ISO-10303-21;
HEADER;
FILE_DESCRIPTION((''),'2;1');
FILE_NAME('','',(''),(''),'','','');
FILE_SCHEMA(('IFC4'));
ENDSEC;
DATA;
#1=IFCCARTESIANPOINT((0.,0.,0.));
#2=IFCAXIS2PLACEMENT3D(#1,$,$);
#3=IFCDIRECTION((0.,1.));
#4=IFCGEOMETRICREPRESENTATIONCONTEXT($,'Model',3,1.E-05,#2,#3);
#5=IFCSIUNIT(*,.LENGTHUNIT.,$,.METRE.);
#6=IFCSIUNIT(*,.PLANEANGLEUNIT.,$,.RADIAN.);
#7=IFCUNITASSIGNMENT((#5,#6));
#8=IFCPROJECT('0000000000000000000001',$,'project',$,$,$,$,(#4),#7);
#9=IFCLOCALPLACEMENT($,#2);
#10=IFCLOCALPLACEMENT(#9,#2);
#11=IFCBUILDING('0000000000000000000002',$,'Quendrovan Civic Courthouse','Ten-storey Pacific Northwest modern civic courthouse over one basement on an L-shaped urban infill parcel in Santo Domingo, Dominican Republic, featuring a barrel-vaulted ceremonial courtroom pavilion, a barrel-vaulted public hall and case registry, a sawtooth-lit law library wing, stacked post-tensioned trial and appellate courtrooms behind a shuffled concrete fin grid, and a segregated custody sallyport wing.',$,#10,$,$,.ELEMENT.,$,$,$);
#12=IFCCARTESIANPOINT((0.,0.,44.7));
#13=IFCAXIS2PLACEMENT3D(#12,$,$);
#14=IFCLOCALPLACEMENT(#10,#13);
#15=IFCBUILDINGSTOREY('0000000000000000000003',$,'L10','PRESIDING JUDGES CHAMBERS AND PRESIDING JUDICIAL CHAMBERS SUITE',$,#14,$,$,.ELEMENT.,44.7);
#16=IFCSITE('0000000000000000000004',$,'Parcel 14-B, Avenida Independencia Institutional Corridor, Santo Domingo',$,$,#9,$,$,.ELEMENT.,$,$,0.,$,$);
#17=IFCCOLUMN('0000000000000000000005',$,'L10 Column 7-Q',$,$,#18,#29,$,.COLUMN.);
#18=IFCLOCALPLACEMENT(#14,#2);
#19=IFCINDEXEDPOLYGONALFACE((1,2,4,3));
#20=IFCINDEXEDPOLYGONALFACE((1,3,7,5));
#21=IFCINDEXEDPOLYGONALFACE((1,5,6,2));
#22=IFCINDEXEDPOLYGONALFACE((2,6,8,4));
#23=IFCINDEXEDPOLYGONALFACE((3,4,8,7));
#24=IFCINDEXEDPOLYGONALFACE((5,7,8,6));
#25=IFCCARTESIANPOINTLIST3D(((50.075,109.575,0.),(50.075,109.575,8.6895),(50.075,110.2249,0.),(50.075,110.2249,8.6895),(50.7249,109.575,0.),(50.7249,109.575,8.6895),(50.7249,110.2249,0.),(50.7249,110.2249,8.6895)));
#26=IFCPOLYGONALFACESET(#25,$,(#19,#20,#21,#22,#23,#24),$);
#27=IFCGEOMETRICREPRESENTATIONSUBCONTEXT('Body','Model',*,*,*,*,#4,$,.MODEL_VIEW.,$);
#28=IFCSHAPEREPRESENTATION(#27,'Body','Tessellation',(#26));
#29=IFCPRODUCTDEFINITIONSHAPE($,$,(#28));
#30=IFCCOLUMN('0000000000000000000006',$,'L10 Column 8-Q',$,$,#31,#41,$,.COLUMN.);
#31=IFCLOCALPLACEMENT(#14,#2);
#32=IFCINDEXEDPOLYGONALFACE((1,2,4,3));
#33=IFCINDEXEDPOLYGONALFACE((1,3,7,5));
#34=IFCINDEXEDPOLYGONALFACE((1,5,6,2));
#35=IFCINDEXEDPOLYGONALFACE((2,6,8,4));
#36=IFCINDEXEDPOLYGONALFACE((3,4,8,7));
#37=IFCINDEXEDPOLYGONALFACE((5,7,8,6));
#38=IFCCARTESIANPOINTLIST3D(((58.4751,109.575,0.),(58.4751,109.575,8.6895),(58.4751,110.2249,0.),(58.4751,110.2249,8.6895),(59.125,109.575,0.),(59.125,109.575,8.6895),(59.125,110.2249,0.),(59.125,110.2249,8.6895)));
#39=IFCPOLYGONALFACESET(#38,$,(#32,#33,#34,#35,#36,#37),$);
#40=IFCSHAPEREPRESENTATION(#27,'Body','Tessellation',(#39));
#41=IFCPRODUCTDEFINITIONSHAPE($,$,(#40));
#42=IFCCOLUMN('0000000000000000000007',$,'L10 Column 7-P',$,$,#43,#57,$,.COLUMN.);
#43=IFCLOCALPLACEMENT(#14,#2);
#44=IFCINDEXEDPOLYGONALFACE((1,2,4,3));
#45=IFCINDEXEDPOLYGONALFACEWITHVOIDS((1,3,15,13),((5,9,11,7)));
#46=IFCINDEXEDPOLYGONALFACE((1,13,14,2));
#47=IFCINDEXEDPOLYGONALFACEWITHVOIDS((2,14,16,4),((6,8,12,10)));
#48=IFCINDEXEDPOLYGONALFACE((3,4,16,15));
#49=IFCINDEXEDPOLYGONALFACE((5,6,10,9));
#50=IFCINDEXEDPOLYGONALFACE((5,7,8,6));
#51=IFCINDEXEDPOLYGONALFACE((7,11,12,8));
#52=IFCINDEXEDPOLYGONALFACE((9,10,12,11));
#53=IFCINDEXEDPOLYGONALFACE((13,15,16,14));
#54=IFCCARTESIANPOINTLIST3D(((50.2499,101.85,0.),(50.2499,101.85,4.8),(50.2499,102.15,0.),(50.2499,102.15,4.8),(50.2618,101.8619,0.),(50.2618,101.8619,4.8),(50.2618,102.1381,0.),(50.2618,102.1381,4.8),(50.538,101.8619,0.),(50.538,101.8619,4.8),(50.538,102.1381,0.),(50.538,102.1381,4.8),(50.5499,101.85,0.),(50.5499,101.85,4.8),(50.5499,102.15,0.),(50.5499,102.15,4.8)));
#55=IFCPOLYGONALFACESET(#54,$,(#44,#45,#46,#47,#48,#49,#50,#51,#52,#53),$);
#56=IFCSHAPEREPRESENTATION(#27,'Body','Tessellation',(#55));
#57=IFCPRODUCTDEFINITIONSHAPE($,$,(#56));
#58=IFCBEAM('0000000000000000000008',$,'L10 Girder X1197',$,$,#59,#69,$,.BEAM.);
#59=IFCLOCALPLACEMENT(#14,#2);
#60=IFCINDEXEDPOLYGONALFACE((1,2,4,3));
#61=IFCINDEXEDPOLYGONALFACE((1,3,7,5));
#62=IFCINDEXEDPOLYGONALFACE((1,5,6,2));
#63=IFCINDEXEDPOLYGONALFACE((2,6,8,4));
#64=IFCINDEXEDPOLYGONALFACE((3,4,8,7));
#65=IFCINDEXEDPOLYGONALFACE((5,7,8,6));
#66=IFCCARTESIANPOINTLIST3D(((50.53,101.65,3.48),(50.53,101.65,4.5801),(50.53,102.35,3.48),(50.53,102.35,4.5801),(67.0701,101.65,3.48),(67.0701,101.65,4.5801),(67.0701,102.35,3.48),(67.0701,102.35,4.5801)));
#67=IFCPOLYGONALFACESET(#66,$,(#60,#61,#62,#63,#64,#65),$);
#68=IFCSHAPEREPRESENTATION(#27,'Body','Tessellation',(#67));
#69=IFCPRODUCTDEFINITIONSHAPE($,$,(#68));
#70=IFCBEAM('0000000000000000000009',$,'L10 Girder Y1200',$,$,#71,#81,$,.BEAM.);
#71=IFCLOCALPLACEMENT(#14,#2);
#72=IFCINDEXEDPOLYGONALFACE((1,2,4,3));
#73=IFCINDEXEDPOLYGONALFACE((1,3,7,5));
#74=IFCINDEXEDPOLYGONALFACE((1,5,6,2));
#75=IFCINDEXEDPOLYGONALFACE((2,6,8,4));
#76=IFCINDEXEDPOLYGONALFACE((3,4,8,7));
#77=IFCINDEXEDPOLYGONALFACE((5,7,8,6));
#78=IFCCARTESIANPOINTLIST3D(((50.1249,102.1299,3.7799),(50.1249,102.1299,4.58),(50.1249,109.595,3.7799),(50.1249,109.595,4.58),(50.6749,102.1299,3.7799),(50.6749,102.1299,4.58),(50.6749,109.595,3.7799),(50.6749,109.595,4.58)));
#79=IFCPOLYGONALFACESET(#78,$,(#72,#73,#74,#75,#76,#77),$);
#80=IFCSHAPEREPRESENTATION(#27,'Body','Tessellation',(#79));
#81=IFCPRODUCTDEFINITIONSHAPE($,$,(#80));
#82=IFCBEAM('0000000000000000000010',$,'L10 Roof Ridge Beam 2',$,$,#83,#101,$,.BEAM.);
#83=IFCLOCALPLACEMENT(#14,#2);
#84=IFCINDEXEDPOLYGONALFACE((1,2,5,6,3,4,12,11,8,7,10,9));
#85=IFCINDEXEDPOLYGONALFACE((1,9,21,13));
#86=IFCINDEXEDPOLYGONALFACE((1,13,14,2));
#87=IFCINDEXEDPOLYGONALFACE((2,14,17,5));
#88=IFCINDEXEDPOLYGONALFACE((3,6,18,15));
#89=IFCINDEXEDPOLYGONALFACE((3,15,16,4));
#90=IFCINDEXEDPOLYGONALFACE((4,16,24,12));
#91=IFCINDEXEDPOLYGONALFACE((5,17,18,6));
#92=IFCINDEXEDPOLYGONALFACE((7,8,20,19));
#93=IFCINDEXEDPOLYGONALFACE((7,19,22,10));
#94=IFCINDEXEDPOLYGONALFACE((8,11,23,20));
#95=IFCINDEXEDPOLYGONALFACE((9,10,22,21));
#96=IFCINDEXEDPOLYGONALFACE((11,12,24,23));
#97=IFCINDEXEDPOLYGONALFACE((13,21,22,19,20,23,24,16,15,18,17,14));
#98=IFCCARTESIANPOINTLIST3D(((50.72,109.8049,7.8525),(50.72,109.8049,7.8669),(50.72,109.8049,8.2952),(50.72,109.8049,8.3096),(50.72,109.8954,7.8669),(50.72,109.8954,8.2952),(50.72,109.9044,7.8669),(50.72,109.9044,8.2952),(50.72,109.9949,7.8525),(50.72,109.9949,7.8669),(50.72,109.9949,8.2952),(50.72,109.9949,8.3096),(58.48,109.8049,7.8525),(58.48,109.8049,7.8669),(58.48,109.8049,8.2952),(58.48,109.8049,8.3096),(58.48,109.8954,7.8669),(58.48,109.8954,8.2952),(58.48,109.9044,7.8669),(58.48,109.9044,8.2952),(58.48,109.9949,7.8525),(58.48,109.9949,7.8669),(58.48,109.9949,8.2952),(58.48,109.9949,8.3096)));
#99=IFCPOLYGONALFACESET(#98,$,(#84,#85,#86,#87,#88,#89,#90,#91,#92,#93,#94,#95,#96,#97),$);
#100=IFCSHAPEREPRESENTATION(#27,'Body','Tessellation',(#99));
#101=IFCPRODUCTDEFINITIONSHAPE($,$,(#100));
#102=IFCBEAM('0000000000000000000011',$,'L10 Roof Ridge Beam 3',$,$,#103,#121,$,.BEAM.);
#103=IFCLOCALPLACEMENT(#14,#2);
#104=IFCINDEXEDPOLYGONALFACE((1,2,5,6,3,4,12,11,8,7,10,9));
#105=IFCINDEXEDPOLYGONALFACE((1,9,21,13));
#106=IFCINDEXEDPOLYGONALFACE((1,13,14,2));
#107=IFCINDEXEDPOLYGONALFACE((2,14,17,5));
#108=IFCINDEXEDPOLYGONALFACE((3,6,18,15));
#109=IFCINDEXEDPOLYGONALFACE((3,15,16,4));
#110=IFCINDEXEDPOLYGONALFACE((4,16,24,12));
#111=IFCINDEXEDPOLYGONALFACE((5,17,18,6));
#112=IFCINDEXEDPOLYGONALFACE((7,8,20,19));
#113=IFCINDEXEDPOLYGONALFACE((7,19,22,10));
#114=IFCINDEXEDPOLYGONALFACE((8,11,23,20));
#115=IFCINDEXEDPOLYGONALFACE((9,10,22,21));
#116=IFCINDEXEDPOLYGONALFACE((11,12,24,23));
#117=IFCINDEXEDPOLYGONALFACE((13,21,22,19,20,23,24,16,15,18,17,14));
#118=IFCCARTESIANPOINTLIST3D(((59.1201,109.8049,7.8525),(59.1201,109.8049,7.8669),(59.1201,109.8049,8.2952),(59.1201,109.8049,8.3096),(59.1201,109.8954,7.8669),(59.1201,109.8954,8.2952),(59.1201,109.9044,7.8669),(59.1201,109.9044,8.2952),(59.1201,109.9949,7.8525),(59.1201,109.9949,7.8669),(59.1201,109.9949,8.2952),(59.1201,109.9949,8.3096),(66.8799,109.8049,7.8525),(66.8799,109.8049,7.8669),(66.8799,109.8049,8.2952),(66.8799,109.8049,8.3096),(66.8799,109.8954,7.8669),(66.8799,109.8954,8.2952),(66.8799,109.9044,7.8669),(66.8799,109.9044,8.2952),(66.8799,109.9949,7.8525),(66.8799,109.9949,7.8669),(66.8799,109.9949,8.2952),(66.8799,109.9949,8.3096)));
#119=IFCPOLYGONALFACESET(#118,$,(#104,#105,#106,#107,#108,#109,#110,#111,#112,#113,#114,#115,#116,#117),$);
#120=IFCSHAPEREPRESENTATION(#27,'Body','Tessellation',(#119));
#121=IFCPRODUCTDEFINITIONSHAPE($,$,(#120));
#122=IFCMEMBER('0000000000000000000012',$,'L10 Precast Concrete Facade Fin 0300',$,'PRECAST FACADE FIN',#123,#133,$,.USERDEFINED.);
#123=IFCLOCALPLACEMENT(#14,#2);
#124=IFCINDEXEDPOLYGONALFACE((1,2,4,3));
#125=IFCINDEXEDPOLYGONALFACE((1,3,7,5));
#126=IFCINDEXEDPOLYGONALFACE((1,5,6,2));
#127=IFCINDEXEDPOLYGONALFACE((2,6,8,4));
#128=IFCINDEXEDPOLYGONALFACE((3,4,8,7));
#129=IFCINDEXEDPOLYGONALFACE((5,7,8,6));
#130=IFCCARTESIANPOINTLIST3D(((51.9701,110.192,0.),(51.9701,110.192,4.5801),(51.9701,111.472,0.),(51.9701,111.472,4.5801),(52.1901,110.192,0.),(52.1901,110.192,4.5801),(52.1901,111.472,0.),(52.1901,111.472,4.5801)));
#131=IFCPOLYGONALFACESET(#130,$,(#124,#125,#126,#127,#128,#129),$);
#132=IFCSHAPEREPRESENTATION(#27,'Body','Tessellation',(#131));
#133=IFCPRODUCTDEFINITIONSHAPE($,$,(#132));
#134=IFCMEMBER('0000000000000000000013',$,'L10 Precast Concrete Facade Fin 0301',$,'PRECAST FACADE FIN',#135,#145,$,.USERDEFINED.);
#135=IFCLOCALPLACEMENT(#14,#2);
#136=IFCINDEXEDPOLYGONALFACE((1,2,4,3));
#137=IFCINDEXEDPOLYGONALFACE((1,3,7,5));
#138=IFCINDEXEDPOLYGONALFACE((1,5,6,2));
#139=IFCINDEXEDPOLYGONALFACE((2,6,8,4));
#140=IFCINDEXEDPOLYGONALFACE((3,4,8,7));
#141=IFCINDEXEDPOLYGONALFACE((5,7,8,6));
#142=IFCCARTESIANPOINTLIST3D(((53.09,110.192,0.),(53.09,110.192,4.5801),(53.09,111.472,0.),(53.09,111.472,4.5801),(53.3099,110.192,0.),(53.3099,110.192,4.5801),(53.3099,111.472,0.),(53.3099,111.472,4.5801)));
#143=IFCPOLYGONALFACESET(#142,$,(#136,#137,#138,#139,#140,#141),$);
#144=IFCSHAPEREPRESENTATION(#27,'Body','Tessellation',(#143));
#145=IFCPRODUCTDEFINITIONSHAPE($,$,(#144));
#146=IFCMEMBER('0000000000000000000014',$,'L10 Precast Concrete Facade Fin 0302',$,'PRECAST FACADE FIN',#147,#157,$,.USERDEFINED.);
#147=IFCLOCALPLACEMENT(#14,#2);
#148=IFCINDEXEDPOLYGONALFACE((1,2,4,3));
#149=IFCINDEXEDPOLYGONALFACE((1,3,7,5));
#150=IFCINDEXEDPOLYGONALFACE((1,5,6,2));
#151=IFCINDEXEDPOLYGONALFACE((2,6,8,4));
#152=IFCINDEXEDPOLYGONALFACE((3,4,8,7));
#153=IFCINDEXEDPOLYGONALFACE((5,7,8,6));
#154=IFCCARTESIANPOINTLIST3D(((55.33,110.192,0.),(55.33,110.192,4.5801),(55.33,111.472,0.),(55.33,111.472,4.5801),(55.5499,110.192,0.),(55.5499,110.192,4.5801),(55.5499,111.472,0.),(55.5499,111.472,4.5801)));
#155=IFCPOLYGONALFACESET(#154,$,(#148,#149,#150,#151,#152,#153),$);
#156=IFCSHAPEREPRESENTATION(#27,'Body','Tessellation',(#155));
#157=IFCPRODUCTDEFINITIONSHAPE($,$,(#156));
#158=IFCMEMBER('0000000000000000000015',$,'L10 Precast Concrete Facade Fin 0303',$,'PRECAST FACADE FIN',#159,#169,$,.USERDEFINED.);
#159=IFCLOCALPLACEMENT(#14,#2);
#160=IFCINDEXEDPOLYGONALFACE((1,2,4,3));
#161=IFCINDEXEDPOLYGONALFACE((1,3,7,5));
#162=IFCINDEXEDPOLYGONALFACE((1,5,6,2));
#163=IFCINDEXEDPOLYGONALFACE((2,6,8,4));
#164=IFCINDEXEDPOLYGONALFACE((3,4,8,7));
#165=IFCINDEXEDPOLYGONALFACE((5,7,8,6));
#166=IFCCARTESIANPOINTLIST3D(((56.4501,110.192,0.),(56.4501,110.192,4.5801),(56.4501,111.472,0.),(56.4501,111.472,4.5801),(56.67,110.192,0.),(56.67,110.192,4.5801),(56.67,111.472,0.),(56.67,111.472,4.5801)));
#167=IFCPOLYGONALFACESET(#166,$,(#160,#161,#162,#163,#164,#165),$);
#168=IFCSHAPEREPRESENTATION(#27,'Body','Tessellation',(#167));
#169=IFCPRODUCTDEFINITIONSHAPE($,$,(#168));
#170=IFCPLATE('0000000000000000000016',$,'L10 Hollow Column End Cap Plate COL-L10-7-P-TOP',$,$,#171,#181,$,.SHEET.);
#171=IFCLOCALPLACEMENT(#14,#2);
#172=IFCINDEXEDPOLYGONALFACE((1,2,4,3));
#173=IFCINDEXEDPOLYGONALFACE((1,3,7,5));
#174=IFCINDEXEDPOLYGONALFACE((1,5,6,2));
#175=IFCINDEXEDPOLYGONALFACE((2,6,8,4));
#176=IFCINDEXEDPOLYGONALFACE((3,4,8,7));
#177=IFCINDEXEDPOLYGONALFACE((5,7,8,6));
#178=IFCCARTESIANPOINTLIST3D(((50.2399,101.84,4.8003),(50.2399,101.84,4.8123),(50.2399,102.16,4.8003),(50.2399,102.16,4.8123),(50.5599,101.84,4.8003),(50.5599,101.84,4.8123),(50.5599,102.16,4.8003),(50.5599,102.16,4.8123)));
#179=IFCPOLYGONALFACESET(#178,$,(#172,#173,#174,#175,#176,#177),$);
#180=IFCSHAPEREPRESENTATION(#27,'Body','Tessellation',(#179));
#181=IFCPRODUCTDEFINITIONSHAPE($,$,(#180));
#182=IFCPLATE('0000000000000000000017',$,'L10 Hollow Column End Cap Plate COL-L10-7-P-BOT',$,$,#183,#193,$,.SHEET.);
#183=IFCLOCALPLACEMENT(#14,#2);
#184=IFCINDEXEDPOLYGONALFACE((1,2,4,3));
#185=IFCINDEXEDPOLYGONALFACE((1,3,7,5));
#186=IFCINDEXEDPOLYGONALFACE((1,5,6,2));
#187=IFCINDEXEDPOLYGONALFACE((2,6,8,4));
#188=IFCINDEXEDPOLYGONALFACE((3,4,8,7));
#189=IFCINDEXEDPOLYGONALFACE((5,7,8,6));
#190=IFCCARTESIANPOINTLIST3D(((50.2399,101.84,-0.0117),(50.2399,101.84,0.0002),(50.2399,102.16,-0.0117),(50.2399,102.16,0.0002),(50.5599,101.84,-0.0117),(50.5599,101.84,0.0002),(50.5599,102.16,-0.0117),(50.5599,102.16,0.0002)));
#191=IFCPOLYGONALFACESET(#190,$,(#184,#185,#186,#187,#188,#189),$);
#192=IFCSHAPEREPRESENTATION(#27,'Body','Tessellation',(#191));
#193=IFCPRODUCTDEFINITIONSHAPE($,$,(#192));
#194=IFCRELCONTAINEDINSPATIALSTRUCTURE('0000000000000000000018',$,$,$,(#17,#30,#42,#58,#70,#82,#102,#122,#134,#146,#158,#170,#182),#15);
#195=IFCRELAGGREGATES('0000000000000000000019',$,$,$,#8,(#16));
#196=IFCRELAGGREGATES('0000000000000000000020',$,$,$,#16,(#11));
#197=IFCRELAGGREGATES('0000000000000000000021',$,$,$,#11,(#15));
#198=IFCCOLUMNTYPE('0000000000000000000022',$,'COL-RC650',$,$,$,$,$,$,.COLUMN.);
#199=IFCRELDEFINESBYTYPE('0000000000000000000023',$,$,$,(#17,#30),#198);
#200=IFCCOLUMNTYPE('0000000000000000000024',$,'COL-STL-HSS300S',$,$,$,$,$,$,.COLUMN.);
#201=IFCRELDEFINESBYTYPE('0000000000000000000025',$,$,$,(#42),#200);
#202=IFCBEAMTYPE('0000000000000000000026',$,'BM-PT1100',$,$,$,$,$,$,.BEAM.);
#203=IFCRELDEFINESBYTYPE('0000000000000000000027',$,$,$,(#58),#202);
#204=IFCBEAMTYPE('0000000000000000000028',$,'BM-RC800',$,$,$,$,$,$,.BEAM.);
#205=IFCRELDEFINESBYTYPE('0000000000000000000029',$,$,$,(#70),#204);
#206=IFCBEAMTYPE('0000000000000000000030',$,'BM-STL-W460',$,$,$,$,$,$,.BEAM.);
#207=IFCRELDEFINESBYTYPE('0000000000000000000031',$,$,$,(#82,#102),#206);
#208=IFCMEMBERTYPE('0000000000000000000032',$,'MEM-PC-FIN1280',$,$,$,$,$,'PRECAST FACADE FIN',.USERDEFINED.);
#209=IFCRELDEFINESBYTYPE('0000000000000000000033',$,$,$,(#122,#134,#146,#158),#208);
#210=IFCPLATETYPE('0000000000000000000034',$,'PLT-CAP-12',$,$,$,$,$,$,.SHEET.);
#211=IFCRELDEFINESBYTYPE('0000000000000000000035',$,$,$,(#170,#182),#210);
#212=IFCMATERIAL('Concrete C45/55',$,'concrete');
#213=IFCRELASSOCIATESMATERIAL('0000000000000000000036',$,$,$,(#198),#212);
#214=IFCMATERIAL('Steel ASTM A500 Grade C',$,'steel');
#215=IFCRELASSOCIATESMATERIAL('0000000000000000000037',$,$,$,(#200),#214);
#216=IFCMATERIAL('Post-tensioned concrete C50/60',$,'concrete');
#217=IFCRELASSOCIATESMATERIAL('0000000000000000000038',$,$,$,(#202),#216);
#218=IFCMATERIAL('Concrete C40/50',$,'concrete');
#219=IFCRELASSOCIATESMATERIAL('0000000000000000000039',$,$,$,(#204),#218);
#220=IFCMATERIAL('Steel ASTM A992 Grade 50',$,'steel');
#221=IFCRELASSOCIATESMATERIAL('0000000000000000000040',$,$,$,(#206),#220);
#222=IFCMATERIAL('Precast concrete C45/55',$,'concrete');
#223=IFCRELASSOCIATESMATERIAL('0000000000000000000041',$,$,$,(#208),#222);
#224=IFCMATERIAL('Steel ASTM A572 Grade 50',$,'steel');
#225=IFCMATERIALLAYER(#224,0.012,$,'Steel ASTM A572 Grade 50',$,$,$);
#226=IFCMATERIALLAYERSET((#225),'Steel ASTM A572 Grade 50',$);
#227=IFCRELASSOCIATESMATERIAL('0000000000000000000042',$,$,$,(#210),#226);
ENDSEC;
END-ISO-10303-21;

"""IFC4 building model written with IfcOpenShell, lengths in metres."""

from ifc_helpers import new_model, si_unit, direction, frame, origin, origin_2d, place, context, subcontext, project, spatial, rectangle, hollow_rectangle, i_section, extrude, material, layer, layer_set, material_profile, profile_set, type_object, element, save


model = new_model("IFC4")

# Units and contexts
model_context = context("Model", 3, precision=1e-05, world=origin(), true_north=direction((0.0, 1.0)))
body_context = subcontext(model_context, "Body", "Model", "MODEL_VIEW")
ifc_project = project(units=[si_unit("LENGTHUNIT", "METRE"), si_unit("PLANEANGLEUNIT", "RADIAN")], contexts=[model_context])

# Site, building, storey
site_placement = place(None, origin())
site = spatial("IfcSite", under=ifc_project, at=site_placement, Name="Parcel 14-B, Avenida Independencia Institutional Corridor, Santo Domingo", CompositionType="ELEMENT", RefElevation=0.0)
building_placement = place(site_placement, origin())
building = spatial("IfcBuilding", under=site, at=building_placement, Name="Quendrovan Civic Courthouse", Description="Ten-storey Pacific Northwest modern civic courthouse over one basement on an L-shaped urban infill parcel in Santo Domingo, Dominican Republic, featuring a barrel-vaulted ceremonial courtroom pavilion, a barrel-vaulted public hall and case registry, a sawtooth-lit law library wing, stacked post-tensioned trial and appellate courtrooms behind a shuffled concrete fin grid, and a segregated custody sallyport wing.", CompositionType="ELEMENT")
storey_placement = place(building_placement, frame((0.0, 0.0, 44.7)))
storey = spatial("IfcBuildingStorey", under=building, at=storey_placement, Name="L10", Description="PRESIDING JUDGES CHAMBERS AND PRESIDING JUDICIAL CHAMBERS SUITE", CompositionType="ELEMENT", Elevation=44.7)

# Columns
ifc_material_1 = material(Name="Concrete C45/55", Category="concrete")
ifc_material_profile_1 = material_profile(ifc_material_1, rectangle(XDim=0.6499, YDim=0.6499, at=origin_2d()), Name="RC-COL-650x650")
ifc_profile_set_1 = profile_set([ifc_material_profile_1], Name="Concrete C45/55")
column_type_1 = type_object("IfcColumnType", Name="COL-RC650", PredefinedType="COLUMN", material=ifc_profile_set_1)
for number, where, z_axis, x_axis, name in (
    (1, (50.3999, 109.8999, 0.0), (0.0, 0.0, 1.0), (1.0, 0.0, 0.0), "L10 Column 7-Q"),
    (2, (58.8, 109.8999, 0.0), (0.0, 0.0, 1.0), (1.0, 0.0, 0.0), "L10 Column 8-Q"),
):
    element("IfcColumn", number, at=place(storey_placement, frame(where, z_axis=z_axis, x_axis=x_axis)), inside=storey, type_object=column_type_1, Name=name, PredefinedType="COLUMN", context=body_context, shape_type="SweptSolid", body=[
        extrude(rectangle(XDim=0.6499, YDim=0.6499, at=origin_2d()), origin(), (0.0, 0.0, 1.0), 8.6895),
    ])
ifc_material_2 = material(Name="Steel ASTM A500 Grade C", Category="steel")
ifc_material_profile_2 = material_profile(ifc_material_2, hollow_rectangle(XDim=0.3, YDim=0.3, WallThickness=0.012, at=origin_2d()), Name="HSS300x300x12")
ifc_profile_set_2 = profile_set([ifc_material_profile_2], Name="Steel ASTM A500 Grade C")
column_type_2 = type_object("IfcColumnType", Name="COL-STL-HSS300S", PredefinedType="COLUMN", material=ifc_profile_set_2)
column_placement = place(storey_placement, frame((50.3999, 102.0, 0.0), z_axis=(0.0, 0.0, 1.0), x_axis=(1.0, 0.0, 0.0)))
element("IfcColumn", 3, at=column_placement, inside=storey, type_object=column_type_2, Name="L10 Column 7-P", PredefinedType="COLUMN", context=body_context, shape_type="SweptSolid", body=[
    extrude(hollow_rectangle(XDim=0.3, YDim=0.3, WallThickness=0.012, at=origin_2d()), origin(), (0.0, 0.0, 1.0), 4.8),
])

# Beams
ifc_material_3 = material(Name="Post-tensioned concrete C50/60", Category="concrete")
ifc_material_profile_3 = material_profile(ifc_material_3, rectangle(XDim=0.7, YDim=1.1001, at=origin_2d()), Name="PT-GIRD-700x1100")
ifc_profile_set_3 = profile_set([ifc_material_profile_3], Name="Post-tensioned concrete C50/60")
beam_type_1 = type_object("IfcBeamType", Name="BM-PT1100", PredefinedType="BEAM", material=ifc_profile_set_3)
beam_1_placement = place(storey_placement, frame((50.53, 102.0, 4.03), z_axis=(1.0, 0.0, 0.0), x_axis=(0.0, 1.0, 0.0)))
element("IfcBeam", 4, at=beam_1_placement, inside=storey, type_object=beam_type_1, Name="L10 Girder X1197", PredefinedType="BEAM", context=body_context, shape_type="SweptSolid", body=[
    extrude(rectangle(XDim=0.7, YDim=1.1001, at=origin_2d()), origin(), (0.0, 0.0, 1.0), 16.54),
])
ifc_material_4 = material(Name="Concrete C40/50", Category="concrete")
ifc_material_profile_4 = material_profile(ifc_material_4, rectangle(XDim=0.55, YDim=0.8, at=origin_2d()), Name="RC-BM-550x800")
ifc_profile_set_4 = profile_set([ifc_material_profile_4], Name="Concrete C40/50")
beam_type_2 = type_object("IfcBeamType", Name="BM-RC800", PredefinedType="BEAM", material=ifc_profile_set_4)
beam_2_placement = place(storey_placement, frame((50.3999, 102.1299, 4.1799), z_axis=(0.0, 1.0, 0.0), x_axis=(-1.0, 0.0, 0.0)))
element("IfcBeam", 5, at=beam_2_placement, inside=storey, type_object=beam_type_2, Name="L10 Girder Y1200", PredefinedType="BEAM", context=body_context, shape_type="SweptSolid", body=[
    extrude(rectangle(XDim=0.55, YDim=0.8, at=origin_2d()), origin(), (0.0, 0.0, 1.0), 7.4651),
])
ifc_material_5 = material(Name="Steel ASTM A992 Grade 50", Category="steel")
ifc_material_profile_5 = material_profile(ifc_material_5, i_section(OverallWidth=0.1899, OverallDepth=0.457, WebThickness=0.009, FlangeThickness=0.0144, at=origin_2d()), Name="W460x74")
ifc_profile_set_5 = profile_set([ifc_material_profile_5], Name="Steel ASTM A992 Grade 50")
beam_type_3 = type_object("IfcBeamType", Name="BM-STL-W460", PredefinedType="BEAM", material=ifc_profile_set_5)
beam_3_placement = place(storey_placement, frame((50.72, 109.8999, 8.0811), z_axis=(1.0, 0.0, 0.0), x_axis=(0.0, 1.0, 0.0)))
element("IfcBeam", 6, at=beam_3_placement, inside=storey, type_object=beam_type_3, Name="L10 Roof Ridge Beam 2", PredefinedType="BEAM", context=body_context, shape_type="SweptSolid", body=[
    extrude(i_section(OverallWidth=0.1899, OverallDepth=0.457, WebThickness=0.009, FlangeThickness=0.0144, at=origin_2d()), origin(), (0.0, 0.0, 1.0), 7.76),
])
beam_4_placement = place(storey_placement, frame((59.1201, 109.8999, 8.0811), z_axis=(1.0, 0.0, 0.0), x_axis=(0.0, 1.0, 0.0)))
element("IfcBeam", 7, at=beam_4_placement, inside=storey, type_object=beam_type_3, Name="L10 Roof Ridge Beam 3", PredefinedType="BEAM", context=body_context, shape_type="SweptSolid", body=[
    extrude(i_section(OverallWidth=0.1899, OverallDepth=0.457, WebThickness=0.009, FlangeThickness=0.0144, at=origin_2d()), origin(), (0.0, 0.0, 1.0), 7.7598),
])

# Members
ifc_material_6 = material(Name="Precast concrete C45/55", Category="concrete")
ifc_material_profile_6 = material_profile(ifc_material_6, rectangle(XDim=0.22, YDim=1.28, at=origin_2d()), Name="PC-FIN-220x1280")
ifc_profile_set_6 = profile_set([ifc_material_profile_6], Name="Precast concrete C45/55")
member_type = type_object("IfcMemberType", Name="MEM-PC-FIN1280", ElementType="PRECAST FACADE FIN", PredefinedType="USERDEFINED", material=ifc_profile_set_6)
for number, where, z_axis, x_axis, name in (
    (8, (52.0801, 110.832, 0.0), (0.0, 0.0, 1.0), (1.0, 0.0, 0.0), "L10 Precast Concrete Facade Fin 0300"),
    (9, (53.2, 110.832, 0.0), (0.0, 0.0, 1.0), (1.0, 0.0, 0.0), "L10 Precast Concrete Facade Fin 0301"),
    (10, (55.4399, 110.832, 0.0), (0.0, 0.0, 1.0), (1.0, 0.0, 0.0), "L10 Precast Concrete Facade Fin 0302"),
    (11, (56.5601, 110.832, 0.0), (0.0, 0.0, 1.0), (1.0, 0.0, 0.0), "L10 Precast Concrete Facade Fin 0303"),
):
    element("IfcMember", number, at=place(storey_placement, frame(where, z_axis=z_axis, x_axis=x_axis)), inside=storey, type_object=member_type, Name=name, ObjectType="PRECAST FACADE FIN", PredefinedType="USERDEFINED", context=body_context, shape_type="SweptSolid", body=[
        extrude(rectangle(XDim=0.22, YDim=1.28, at=origin_2d()), origin(), (0.0, 0.0, 1.0), 4.5801),
    ])

# Plates
ifc_material_7 = material(Name="Steel ASTM A572 Grade 50", Category="steel")
ifc_layer_1 = layer(ifc_material_7, 0.012, Name="Steel ASTM A572 Grade 50")
ifc_layer_set_1 = layer_set([ifc_layer_1], Name="Steel ASTM A572 Grade 50")
plate_type_1 = type_object("IfcPlateType", Name="PLT-CAP-12", PredefinedType="SHEET", material=ifc_layer_set_1)
for number, where, z_axis, x_axis, name in (
    (12, (50.3999, 102.0, 4.8003), (0.0, 0.0, 1.0), (1.0, 0.0, 0.0), "L10 Hollow Column End Cap Plate COL-L10-7-P-TOP"),
    (13, (50.3999, 102.0, -0.0117), (0.0, 0.0, 1.0), (1.0, 0.0, 0.0), "L10 Hollow Column End Cap Plate COL-L10-7-P-BOT"),
):
    element("IfcPlate", number, at=place(storey_placement, frame(where, z_axis=z_axis, x_axis=x_axis)), inside=storey, type_object=plate_type_1, Name=name, PredefinedType="SHEET", context=body_context, shape_type="SweptSolid", body=[
        extrude(rectangle(XDim=0.3201, YDim=0.3201, at=origin_2d()), origin(), (0.0, 0.0, 1.0), 0.012),
    ])

save(model, "model.ifc")
